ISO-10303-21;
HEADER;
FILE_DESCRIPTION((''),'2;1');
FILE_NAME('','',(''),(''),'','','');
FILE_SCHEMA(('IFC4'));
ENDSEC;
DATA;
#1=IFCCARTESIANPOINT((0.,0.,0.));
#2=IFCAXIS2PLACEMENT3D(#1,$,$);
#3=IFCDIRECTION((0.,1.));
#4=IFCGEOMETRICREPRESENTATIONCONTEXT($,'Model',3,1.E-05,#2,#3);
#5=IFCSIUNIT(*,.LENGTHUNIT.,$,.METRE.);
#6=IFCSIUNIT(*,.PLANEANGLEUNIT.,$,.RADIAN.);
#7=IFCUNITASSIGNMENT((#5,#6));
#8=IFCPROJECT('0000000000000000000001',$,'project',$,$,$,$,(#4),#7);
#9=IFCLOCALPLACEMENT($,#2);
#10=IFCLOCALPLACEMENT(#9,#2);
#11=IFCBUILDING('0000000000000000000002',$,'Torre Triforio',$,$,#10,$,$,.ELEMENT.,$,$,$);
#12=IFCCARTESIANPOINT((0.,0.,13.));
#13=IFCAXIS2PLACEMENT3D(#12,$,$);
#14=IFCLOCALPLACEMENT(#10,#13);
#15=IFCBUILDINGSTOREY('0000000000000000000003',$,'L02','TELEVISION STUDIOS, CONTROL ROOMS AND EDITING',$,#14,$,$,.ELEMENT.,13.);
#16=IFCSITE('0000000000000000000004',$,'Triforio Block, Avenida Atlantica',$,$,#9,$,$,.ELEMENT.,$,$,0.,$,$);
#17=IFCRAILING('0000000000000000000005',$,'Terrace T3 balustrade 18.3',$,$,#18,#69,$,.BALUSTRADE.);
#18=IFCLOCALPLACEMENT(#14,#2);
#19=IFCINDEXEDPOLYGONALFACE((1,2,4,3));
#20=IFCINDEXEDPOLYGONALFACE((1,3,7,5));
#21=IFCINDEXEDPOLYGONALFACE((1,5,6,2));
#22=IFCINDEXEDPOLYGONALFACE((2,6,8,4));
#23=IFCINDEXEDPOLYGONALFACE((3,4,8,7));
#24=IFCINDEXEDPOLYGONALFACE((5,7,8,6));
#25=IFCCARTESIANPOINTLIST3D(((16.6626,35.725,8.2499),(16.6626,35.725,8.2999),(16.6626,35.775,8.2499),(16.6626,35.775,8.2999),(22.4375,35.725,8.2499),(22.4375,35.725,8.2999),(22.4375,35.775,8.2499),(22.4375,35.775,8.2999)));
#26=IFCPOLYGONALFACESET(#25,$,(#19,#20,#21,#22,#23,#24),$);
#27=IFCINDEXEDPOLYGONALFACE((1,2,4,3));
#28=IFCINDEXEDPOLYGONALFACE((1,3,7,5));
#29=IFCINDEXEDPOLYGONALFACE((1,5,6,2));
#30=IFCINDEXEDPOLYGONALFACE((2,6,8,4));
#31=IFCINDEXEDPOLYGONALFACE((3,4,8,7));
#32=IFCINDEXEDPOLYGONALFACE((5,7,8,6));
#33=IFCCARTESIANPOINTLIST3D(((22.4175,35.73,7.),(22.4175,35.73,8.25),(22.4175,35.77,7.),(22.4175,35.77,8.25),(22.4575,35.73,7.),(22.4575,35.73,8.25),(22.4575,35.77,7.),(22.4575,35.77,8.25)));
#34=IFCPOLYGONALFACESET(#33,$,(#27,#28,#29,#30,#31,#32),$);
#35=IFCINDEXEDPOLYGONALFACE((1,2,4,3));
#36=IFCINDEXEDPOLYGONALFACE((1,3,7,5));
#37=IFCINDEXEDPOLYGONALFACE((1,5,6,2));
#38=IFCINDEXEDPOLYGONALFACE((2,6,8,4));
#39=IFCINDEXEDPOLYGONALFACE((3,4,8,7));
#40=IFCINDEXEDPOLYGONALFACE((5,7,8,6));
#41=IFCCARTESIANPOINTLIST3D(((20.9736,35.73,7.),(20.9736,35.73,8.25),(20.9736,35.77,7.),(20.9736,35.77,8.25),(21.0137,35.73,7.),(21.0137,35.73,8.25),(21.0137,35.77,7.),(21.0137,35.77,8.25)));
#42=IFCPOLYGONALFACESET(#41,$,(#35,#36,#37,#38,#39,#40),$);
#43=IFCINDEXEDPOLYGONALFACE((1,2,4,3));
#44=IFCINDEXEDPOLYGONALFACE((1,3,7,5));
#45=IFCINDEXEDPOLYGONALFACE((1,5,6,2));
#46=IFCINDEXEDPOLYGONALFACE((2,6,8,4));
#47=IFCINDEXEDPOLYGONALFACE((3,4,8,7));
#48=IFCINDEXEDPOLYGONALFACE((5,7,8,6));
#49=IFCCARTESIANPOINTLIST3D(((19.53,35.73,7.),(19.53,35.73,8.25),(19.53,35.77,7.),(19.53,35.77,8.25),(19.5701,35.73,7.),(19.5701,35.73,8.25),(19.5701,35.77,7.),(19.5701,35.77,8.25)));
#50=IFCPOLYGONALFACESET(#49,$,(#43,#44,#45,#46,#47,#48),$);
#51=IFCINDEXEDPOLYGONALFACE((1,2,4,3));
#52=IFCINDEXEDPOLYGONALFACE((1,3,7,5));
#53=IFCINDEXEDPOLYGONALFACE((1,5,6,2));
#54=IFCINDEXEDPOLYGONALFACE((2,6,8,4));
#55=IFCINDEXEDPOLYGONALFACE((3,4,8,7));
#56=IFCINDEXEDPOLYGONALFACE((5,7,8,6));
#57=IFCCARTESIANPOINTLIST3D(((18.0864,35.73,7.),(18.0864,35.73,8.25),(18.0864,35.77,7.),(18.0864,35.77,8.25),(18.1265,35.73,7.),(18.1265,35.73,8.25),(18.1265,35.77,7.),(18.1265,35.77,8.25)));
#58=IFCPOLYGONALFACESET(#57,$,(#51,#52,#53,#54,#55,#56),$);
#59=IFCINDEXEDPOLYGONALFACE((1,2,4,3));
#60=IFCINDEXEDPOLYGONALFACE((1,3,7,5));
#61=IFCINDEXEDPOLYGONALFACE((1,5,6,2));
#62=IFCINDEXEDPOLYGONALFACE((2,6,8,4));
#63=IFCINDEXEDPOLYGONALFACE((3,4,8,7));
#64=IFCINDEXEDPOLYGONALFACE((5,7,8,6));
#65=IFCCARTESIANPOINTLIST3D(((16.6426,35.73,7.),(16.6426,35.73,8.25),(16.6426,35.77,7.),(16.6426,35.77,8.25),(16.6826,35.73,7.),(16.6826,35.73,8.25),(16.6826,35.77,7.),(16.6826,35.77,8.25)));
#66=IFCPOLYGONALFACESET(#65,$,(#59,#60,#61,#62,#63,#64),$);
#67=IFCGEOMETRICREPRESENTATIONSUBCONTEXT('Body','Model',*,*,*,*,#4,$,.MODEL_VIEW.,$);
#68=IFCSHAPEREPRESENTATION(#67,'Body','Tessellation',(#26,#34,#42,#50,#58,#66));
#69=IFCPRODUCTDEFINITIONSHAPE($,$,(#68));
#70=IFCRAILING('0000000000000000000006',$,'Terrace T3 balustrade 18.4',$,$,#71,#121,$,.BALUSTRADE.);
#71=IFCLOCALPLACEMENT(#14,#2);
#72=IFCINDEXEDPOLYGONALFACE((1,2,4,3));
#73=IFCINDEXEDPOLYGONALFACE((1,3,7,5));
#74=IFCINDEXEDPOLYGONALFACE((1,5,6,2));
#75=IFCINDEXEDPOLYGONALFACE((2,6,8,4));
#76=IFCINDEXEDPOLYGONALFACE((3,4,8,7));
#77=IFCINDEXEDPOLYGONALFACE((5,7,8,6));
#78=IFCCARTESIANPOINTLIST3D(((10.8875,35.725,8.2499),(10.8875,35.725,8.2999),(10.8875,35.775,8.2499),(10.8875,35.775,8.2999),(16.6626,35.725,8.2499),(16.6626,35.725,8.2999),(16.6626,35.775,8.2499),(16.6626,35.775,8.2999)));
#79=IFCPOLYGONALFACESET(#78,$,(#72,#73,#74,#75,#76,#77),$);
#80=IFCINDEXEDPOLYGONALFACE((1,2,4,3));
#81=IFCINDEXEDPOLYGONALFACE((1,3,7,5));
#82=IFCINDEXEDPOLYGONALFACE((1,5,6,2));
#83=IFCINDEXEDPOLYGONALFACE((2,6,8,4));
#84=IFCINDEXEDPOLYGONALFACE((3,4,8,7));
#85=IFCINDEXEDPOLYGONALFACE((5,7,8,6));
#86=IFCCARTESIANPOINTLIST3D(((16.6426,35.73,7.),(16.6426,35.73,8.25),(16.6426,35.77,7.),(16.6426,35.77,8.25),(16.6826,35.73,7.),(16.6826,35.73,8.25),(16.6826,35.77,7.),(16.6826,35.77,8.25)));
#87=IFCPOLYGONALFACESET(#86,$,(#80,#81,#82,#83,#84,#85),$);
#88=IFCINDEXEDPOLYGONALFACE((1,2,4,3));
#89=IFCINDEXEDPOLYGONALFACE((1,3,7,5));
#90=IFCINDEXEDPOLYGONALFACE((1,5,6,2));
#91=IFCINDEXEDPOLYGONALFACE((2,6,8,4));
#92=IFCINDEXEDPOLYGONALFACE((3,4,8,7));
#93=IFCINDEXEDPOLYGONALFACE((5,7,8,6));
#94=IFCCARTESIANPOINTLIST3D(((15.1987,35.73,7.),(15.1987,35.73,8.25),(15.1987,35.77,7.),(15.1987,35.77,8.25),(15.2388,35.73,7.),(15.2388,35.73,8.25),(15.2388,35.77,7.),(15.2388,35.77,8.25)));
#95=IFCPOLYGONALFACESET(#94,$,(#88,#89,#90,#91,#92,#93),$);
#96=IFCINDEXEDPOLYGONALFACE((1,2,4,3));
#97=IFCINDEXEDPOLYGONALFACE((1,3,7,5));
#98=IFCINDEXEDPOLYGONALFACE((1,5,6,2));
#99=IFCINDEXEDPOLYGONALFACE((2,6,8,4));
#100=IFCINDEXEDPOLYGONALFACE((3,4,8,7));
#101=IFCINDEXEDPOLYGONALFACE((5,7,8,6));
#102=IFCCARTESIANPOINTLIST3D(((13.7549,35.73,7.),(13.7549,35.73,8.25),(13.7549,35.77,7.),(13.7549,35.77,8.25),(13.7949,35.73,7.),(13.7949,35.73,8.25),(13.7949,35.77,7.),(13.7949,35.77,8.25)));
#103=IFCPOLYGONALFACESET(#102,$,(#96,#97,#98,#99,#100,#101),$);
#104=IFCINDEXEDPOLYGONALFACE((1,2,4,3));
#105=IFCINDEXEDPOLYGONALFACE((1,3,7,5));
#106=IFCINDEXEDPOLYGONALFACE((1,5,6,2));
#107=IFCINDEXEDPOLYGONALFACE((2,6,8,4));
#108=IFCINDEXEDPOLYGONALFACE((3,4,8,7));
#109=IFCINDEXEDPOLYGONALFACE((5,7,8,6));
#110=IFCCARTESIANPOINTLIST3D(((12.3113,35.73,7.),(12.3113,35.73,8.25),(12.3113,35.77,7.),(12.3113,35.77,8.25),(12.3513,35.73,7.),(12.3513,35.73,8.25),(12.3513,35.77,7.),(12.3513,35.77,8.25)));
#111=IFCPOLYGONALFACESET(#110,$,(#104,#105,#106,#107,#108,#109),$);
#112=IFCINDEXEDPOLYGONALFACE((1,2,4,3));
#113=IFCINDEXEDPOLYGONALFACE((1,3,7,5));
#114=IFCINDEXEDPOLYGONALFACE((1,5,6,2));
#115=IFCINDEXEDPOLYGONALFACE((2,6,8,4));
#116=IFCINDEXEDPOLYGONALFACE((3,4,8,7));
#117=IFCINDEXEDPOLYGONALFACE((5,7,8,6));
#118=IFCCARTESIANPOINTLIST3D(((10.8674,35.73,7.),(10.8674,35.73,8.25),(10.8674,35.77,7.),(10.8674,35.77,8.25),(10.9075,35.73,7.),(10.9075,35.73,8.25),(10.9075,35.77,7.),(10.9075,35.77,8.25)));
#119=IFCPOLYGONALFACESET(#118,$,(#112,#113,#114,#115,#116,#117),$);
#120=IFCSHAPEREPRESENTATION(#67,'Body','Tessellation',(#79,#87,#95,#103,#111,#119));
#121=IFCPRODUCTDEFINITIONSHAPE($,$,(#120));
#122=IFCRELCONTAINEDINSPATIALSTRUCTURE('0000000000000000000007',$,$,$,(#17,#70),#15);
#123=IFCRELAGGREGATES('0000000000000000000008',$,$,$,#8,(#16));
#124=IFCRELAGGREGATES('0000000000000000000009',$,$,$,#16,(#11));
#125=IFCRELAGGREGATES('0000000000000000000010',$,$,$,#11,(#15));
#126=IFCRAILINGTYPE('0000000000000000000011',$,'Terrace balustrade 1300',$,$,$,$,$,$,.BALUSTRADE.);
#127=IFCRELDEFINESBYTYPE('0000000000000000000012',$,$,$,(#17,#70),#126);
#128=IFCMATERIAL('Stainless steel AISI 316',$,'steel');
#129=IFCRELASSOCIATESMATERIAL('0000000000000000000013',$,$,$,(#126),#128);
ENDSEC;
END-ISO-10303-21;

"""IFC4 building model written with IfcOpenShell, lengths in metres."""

from ifc_helpers import new_model, si_unit, direction, frame, origin, origin_2d, place, context, subcontext, project, spatial, rectangle, extrude, material, type_object, element, save


model = new_model("IFC4")

# Units and contexts
model_context = context("Model", 3, precision=1e-05, world=origin(), true_north=direction((0.0, 1.0)))
body_context = subcontext(model_context, "Body", "Model", "MODEL_VIEW")
ifc_project = project(units=[si_unit("LENGTHUNIT", "METRE"), si_unit("PLANEANGLEUNIT", "RADIAN")], contexts=[model_context])

# Site, building, storey
site_placement = place(None, origin())
site = spatial("IfcSite", under=ifc_project, at=site_placement, Name="Triforio Block, Avenida Atlantica", CompositionType="ELEMENT", RefElevation=0.0)
building_placement = place(site_placement, origin())
building = spatial("IfcBuilding", under=site, at=building_placement, Name="Torre Triforio", CompositionType="ELEMENT")
storey_placement = place(building_placement, frame((0.0, 0.0, 13.0)))
storey = spatial("IfcBuildingStorey", under=building, at=storey_placement, Name="L02", Description="TELEVISION STUDIOS, CONTROL ROOMS AND EDITING", CompositionType="ELEMENT", Elevation=13.0)

# Railings
ifc_material_1 = material(Name="Stainless steel AISI 316", Category="steel")
railing_type = type_object("IfcRailingType", Name="Terrace balustrade 1300", PredefinedType="BALUSTRADE", material=ifc_material_1)
railing_1_placement = place(storey_placement, frame((22.4375, 35.75, 7.0)))
element("IfcRailing", 1, at=railing_1_placement, inside=storey, type_object=railing_type, Name="Terrace T3 balustrade 18.3", PredefinedType="BALUSTRADE", context=body_context, shape_type="SweptSolid", body=[
    extrude(rectangle(XDim=0.05, YDim=0.05, at=origin_2d()), frame((0.0, 0.0, 1.2749), z_axis=(-1.0, 0.0, 0.0), x_axis=(0.0, -1.0, 0.0)), (0.0, 0.0, 1.0), 5.7749),
    extrude(rectangle(XDim=0.04, YDim=0.04, at=origin_2d()), origin(), (0.0, 0.0, 1.0), 1.25),
    extrude(rectangle(XDim=0.04, YDim=0.04, at=origin_2d()), frame((-1.4438, 0.0, 0.0)), (0.0, 0.0, 1.0), 1.25),
    extrude(rectangle(XDim=0.04, YDim=0.04, at=origin_2d()), frame((-2.8875, 0.0, 0.0)), (0.0, 0.0, 1.0), 1.25),
    extrude(rectangle(XDim=0.04, YDim=0.04, at=origin_2d()), frame((-4.3311, 0.0, 0.0)), (0.0, 0.0, 1.0), 1.25),
    extrude(rectangle(XDim=0.04, YDim=0.04, at=origin_2d()), frame((-5.7749, 0.0, 0.0)), (0.0, 0.0, 1.0), 1.25),
])
railing_2_placement = place(storey_placement, frame((16.6626, 35.75, 7.0)))
element("IfcRailing", 2, at=railing_2_placement, inside=storey, type_object=railing_type, Name="Terrace T3 balustrade 18.4", PredefinedType="BALUSTRADE", context=body_context, shape_type="SweptSolid", body=[
    extrude(rectangle(XDim=0.05, YDim=0.05, at=origin_2d()), frame((0.0, 0.0, 1.2749), z_axis=(-1.0, 0.0, 0.0), x_axis=(0.0, -1.0, 0.0)), (0.0, 0.0, 1.0), 5.7751),
    extrude(rectangle(XDim=0.04, YDim=0.04, at=origin_2d()), origin(), (0.0, 0.0, 1.0), 1.25),
    extrude(rectangle(XDim=0.04, YDim=0.04, at=origin_2d()), frame((-1.4438, 0.0, 0.0)), (0.0, 0.0, 1.0), 1.25),
    extrude(rectangle(XDim=0.04, YDim=0.04, at=origin_2d()), frame((-2.8877, 0.0, 0.0)), (0.0, 0.0, 1.0), 1.25),
    extrude(rectangle(XDim=0.04, YDim=0.04, at=origin_2d()), frame((-4.3313, 0.0, 0.0)), (0.0, 0.0, 1.0), 1.25),
    extrude(rectangle(XDim=0.04, YDim=0.04, at=origin_2d()), frame((-5.7751, 0.0, 0.0)), (0.0, 0.0, 1.0), 1.25),
])

save(model, "model.ifc")
